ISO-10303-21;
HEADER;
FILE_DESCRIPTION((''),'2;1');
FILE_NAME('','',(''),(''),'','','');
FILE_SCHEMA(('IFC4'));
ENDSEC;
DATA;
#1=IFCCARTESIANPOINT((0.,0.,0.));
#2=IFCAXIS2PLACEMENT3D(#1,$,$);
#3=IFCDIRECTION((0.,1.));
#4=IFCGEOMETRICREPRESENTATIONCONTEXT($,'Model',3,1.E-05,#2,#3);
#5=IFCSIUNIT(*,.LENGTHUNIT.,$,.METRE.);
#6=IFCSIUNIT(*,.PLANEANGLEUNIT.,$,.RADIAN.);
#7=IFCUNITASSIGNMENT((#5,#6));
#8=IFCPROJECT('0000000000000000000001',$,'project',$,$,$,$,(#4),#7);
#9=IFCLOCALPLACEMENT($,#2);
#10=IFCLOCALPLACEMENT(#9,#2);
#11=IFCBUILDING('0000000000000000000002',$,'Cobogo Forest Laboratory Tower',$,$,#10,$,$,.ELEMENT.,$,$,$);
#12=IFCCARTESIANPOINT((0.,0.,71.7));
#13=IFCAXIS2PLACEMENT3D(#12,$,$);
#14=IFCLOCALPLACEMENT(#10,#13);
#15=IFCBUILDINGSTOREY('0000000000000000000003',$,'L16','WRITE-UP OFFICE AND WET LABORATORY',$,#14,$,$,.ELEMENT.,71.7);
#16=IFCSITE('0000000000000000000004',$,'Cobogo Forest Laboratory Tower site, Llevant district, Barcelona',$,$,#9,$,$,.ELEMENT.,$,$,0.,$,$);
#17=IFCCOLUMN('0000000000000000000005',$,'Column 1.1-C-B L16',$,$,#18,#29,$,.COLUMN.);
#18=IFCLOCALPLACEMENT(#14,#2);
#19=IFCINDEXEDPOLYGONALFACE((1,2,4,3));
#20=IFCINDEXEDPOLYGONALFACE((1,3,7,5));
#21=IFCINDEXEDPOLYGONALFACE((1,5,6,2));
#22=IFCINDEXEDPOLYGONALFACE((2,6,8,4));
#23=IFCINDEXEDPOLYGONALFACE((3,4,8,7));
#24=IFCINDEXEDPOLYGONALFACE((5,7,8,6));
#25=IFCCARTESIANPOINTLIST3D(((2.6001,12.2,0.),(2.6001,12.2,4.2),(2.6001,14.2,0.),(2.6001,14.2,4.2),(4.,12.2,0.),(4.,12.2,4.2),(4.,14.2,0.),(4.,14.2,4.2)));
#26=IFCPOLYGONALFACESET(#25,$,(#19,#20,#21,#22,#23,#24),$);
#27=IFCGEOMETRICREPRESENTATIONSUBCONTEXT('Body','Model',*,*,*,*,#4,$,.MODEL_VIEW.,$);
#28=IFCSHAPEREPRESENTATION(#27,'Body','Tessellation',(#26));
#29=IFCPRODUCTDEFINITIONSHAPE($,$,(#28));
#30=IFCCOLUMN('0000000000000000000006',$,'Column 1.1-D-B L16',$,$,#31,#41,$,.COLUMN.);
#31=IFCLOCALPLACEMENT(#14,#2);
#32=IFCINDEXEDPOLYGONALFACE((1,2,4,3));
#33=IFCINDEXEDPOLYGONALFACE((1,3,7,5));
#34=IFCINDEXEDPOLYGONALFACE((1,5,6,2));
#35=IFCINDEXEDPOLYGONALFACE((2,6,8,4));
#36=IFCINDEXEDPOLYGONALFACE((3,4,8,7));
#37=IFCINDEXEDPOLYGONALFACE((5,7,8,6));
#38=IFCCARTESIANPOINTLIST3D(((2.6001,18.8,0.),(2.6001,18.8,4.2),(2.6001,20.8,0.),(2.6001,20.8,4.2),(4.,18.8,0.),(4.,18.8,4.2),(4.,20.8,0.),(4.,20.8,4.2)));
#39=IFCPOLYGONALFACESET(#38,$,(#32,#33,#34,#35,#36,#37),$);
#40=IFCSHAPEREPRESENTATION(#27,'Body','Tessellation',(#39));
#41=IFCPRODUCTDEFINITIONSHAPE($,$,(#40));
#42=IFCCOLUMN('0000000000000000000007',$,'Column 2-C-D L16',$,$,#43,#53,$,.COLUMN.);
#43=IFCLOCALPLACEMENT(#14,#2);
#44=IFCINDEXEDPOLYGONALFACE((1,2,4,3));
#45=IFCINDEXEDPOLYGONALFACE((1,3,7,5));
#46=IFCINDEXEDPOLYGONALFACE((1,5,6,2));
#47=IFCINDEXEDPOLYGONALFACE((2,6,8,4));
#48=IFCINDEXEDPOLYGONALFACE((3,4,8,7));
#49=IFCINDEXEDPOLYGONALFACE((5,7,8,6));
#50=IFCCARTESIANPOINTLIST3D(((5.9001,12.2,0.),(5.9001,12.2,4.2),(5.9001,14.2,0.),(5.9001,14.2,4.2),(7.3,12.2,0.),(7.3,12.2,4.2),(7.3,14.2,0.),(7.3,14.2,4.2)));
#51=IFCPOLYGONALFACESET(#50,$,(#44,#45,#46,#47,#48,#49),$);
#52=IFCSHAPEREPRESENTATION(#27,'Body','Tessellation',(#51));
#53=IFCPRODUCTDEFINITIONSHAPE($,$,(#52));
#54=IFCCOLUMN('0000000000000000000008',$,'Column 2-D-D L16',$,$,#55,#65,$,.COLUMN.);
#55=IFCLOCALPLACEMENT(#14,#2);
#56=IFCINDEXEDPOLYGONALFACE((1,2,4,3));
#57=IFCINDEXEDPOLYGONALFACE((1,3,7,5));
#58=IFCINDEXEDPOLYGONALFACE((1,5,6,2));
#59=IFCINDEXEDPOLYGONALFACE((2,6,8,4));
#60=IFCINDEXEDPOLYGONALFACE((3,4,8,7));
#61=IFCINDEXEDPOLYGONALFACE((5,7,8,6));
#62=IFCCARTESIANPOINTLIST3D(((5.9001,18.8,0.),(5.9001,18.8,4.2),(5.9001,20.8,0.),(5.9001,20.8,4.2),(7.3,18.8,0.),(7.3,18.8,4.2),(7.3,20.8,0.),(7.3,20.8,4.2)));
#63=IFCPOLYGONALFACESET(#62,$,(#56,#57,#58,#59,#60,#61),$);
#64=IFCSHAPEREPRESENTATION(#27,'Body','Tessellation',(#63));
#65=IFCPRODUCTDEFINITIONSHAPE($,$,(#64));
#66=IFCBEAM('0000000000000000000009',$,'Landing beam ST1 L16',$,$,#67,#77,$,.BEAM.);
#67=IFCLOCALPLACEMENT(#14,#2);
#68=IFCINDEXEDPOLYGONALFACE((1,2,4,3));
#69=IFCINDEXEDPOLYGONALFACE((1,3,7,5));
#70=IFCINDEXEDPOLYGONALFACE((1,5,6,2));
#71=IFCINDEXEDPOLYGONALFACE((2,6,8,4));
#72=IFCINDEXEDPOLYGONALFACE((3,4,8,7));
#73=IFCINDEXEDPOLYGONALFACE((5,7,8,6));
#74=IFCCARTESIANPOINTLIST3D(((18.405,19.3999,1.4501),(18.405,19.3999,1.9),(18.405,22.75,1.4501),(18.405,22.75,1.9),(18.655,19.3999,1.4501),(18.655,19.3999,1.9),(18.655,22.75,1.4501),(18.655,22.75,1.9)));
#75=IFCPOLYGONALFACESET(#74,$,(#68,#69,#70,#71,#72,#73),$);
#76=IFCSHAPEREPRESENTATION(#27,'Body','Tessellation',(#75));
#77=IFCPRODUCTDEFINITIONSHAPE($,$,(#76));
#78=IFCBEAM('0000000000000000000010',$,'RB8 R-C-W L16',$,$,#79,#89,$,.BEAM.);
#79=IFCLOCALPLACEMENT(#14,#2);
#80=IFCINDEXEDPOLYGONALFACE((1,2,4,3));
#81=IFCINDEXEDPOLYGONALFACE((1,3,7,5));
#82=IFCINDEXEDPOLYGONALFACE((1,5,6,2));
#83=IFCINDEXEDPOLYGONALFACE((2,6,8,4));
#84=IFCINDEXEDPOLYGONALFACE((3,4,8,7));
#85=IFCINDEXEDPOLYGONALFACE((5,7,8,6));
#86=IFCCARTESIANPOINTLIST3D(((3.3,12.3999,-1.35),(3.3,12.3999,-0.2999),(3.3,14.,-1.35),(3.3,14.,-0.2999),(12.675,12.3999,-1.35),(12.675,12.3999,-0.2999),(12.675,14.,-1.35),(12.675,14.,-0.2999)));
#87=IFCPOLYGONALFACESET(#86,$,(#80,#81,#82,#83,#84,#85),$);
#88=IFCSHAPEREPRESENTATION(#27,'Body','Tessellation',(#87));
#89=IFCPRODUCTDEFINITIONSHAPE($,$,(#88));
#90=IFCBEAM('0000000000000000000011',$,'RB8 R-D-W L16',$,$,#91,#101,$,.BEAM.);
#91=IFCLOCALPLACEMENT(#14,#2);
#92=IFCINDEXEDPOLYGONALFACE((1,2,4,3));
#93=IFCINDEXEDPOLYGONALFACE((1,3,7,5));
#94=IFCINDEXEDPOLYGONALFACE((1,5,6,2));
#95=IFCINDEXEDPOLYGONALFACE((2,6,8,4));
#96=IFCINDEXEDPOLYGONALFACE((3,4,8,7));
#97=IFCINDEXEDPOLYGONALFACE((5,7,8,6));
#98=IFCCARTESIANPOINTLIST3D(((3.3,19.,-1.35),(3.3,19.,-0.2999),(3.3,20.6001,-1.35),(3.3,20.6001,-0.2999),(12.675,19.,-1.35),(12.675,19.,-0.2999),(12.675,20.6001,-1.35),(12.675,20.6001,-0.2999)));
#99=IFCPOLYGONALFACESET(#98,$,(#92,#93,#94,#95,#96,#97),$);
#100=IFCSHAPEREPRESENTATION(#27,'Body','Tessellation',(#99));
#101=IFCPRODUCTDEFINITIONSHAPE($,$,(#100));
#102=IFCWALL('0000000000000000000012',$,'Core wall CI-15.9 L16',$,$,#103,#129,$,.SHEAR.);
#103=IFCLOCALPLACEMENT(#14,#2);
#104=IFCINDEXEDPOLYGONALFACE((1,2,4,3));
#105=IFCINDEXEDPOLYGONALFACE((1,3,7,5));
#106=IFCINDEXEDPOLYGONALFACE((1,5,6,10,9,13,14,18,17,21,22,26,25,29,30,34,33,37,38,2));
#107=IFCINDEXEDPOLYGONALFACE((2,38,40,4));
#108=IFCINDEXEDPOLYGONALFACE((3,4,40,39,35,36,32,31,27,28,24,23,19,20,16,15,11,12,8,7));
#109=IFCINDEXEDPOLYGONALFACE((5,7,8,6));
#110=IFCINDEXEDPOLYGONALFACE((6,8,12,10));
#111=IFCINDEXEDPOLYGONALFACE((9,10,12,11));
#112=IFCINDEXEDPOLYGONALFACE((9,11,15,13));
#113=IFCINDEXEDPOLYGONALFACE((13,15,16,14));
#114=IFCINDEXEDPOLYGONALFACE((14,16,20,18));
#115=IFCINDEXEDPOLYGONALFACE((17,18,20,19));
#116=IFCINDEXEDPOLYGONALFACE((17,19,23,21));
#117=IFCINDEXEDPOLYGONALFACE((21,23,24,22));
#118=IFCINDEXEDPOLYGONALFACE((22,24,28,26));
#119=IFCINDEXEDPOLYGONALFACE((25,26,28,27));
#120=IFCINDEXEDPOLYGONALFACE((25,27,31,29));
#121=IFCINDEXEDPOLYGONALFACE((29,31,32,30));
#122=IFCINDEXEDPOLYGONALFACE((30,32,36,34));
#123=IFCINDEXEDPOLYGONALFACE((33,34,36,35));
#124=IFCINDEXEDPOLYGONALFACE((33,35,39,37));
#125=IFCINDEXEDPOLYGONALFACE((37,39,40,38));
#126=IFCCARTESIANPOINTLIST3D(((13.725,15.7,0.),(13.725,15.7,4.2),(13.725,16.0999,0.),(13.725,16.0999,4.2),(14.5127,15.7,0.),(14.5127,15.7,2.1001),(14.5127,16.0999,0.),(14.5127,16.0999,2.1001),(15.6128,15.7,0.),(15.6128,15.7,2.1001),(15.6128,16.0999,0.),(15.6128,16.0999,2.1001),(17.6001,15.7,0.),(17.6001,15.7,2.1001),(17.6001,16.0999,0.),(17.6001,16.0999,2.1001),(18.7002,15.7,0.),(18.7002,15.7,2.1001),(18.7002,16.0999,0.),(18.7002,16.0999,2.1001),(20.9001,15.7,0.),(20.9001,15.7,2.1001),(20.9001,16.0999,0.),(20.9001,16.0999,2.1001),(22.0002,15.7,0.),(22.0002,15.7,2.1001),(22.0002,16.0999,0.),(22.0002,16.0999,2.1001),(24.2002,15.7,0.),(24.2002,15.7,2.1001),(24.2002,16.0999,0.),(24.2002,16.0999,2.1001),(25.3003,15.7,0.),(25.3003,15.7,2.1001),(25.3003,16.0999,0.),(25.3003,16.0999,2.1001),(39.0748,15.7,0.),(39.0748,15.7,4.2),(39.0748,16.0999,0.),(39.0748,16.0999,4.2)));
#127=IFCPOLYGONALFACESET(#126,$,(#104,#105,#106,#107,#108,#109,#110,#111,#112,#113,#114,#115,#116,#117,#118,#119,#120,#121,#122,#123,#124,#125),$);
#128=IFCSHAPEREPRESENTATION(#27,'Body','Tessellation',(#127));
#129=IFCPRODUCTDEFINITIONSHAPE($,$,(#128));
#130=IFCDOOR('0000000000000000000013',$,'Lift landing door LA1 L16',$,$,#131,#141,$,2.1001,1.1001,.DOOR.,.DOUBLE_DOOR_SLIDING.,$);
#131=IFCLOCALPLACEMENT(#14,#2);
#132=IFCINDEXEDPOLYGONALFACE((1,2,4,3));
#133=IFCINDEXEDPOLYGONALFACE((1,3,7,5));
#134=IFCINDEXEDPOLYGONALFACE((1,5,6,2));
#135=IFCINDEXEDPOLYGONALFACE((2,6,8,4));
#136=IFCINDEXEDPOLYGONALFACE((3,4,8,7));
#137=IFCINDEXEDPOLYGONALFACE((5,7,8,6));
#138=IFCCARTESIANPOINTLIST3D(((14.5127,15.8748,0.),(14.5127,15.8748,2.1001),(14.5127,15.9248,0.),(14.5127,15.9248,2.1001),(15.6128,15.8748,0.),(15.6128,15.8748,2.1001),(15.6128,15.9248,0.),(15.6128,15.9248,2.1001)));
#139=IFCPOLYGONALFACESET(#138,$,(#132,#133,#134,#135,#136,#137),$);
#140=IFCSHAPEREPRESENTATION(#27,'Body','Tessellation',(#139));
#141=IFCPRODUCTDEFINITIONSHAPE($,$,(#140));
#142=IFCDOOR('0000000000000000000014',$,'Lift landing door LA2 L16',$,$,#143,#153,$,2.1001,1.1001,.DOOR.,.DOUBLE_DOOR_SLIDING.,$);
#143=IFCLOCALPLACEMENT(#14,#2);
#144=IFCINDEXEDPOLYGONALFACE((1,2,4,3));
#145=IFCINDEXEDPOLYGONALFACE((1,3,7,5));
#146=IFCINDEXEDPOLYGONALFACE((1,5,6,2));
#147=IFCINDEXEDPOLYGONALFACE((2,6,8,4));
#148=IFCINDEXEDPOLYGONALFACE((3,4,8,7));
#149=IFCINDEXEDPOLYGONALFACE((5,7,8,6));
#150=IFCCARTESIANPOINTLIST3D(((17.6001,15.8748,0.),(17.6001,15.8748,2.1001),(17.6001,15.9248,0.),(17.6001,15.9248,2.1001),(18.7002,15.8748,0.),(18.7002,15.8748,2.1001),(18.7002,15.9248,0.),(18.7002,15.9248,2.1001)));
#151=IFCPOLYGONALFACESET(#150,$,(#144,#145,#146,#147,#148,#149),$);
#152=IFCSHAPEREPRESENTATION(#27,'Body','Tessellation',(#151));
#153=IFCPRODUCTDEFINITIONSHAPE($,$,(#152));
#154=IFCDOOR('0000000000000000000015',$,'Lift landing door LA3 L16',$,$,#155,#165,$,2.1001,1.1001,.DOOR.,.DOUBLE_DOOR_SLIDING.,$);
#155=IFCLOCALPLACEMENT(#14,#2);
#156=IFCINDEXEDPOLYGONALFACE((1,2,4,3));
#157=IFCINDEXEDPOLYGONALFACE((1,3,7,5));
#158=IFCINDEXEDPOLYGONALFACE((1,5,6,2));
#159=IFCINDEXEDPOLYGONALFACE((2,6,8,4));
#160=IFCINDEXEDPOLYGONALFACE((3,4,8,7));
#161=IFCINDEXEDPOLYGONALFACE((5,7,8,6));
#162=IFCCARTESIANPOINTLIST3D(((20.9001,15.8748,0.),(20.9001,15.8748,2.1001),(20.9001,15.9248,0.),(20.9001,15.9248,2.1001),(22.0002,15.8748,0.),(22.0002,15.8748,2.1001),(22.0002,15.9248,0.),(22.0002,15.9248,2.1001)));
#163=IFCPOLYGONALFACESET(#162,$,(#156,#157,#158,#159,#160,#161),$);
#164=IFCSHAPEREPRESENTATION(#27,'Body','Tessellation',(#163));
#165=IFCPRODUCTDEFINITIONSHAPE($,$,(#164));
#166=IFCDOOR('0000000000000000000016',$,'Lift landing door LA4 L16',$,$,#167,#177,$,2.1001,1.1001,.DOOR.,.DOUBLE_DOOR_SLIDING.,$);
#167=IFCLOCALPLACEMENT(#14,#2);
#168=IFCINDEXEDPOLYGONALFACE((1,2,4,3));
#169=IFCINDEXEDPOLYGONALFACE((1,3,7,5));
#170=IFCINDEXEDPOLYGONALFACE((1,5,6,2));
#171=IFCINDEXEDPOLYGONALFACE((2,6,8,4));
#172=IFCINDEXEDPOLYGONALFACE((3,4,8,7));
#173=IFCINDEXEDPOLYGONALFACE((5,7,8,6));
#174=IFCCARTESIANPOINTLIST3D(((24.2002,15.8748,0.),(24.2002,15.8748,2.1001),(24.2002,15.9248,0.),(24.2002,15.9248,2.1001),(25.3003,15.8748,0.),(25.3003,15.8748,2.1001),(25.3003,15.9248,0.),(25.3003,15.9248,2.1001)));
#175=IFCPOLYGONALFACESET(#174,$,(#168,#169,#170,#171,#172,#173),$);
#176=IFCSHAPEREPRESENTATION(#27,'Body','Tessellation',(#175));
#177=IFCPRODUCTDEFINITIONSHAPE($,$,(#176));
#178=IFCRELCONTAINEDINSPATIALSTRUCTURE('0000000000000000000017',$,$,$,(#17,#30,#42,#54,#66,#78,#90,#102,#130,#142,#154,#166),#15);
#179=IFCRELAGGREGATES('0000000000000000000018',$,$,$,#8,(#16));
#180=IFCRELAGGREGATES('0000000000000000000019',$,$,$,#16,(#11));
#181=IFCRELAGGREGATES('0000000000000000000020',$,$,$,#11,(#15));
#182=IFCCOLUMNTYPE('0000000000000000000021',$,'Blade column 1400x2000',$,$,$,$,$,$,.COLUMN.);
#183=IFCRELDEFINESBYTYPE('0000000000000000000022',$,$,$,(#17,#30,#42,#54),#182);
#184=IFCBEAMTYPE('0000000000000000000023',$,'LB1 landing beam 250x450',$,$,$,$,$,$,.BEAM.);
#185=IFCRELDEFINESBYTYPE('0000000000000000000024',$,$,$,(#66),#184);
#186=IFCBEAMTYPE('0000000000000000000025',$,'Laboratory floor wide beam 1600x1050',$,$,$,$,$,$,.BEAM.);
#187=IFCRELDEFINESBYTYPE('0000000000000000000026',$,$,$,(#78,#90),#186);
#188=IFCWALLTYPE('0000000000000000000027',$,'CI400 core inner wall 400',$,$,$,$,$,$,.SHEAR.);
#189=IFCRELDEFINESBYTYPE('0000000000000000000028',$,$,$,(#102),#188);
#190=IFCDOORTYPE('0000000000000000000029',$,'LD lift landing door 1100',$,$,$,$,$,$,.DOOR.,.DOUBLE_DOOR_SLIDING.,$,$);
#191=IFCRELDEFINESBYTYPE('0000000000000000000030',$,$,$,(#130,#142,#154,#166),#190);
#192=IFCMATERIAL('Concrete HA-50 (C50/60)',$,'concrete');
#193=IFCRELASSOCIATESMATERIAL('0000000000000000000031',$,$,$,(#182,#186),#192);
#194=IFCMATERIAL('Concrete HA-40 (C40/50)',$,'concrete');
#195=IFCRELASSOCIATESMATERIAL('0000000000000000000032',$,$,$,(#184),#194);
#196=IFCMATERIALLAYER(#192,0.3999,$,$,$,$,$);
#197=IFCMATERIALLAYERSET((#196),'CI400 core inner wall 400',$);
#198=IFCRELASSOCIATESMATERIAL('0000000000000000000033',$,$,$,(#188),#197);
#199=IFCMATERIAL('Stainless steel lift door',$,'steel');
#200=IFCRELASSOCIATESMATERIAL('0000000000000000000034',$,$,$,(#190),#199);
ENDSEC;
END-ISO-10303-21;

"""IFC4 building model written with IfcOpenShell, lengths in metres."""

from ifc_helpers import new_model, si_unit, direction, frame, frame_2d, origin, origin_2d, place, context, subcontext, project, spatial, rectangle, extrude, material, layer, layer_set, material_profile, profile_set, type_object, element, fill, save


model = new_model("IFC4")

# Units and contexts
model_context = context("Model", 3, precision=1e-05, world=origin(), true_north=direction((0.0, 1.0)))
body_context = subcontext(model_context, "Body", "Model", "MODEL_VIEW")
ifc_project = project(units=[si_unit("LENGTHUNIT", "METRE"), si_unit("PLANEANGLEUNIT", "RADIAN")], contexts=[model_context])

# Site, building, storey
site_placement = place(None, origin())
site = spatial("IfcSite", under=ifc_project, at=site_placement, Name="Cobogo Forest Laboratory Tower site, Llevant district, Barcelona", CompositionType="ELEMENT", RefElevation=0.0)
building_placement = place(site_placement, origin())
building = spatial("IfcBuilding", under=site, at=building_placement, Name="Cobogo Forest Laboratory Tower", CompositionType="ELEMENT")
storey_placement = place(building_placement, frame((0.0, 0.0, 71.7)))
storey = spatial("IfcBuildingStorey", under=building, at=storey_placement, Name="L16", Description="WRITE-UP OFFICE AND WET LABORATORY", CompositionType="ELEMENT", Elevation=71.7)

# Columns
ifc_material_1 = material(Name="Concrete HA-50 (C50/60)", Category="concrete")
ifc_material_profile_1 = material_profile(ifc_material_1, rectangle(XDim=2.0, YDim=1.3999, at=origin_2d()), Name="RC 1400x2000")
ifc_profile_set_1 = profile_set([ifc_material_profile_1], Name="Concrete HA-50 (C50/60)")
column_type = type_object("IfcColumnType", Name="Blade column 1400x2000", PredefinedType="COLUMN", material=ifc_profile_set_1)
for number, where, z_axis, x_axis, name in (
    (1, (3.3, 13.2, 0.0), (0.0, 0.0, 1.0), (0.0, 1.0, 0.0), "Column 1.1-C-B L16"),
    (2, (3.3, 19.8, 0.0), (0.0, 0.0, 1.0), (0.0, 1.0, 0.0), "Column 1.1-D-B L16"),
    (3, (6.6001, 13.2, 0.0), (0.0, 0.0, 1.0), (0.0, 1.0, 0.0), "Column 2-C-D L16"),
    (4, (6.6001, 19.8, 0.0), (0.0, 0.0, 1.0), (0.0, 1.0, 0.0), "Column 2-D-D L16"),
):
    element("IfcColumn", number, at=place(storey_placement, frame(where, z_axis=z_axis, x_axis=x_axis)), inside=storey, type_object=column_type, Name=name, PredefinedType="COLUMN", context=body_context, shape_type="SweptSolid", body=[
        extrude(rectangle(XDim=2.0, YDim=1.3999, at=origin_2d()), origin(), (0.0, 0.0, 1.0), 4.2),
    ])

# Beams
ifc_material_2 = material(Name="Concrete HA-40 (C40/50)", Category="concrete")
ifc_material_profile_2 = material_profile(ifc_material_2, rectangle(XDim=0.25, YDim=0.45, at=origin_2d()), Name="RC 250x450")
ifc_profile_set_2 = profile_set([ifc_material_profile_2], Name="Concrete HA-40 (C40/50)")
beam_type_1 = type_object("IfcBeamType", Name="LB1 landing beam 250x450", PredefinedType="BEAM", material=ifc_profile_set_2)
beam_placement = place(storey_placement, frame((18.53, 19.3999, 1.675), z_axis=(0.0, 1.0, 0.0), x_axis=(-1.0, 0.0, 0.0)))
element("IfcBeam", 5, at=beam_placement, inside=storey, type_object=beam_type_1, Name="Landing beam ST1 L16", PredefinedType="BEAM", context=body_context, shape_type="SweptSolid", body=[
    extrude(rectangle(XDim=0.25, YDim=0.45, at=origin_2d()), origin(), (0.0, 0.0, 1.0), 3.3501),
])
ifc_material_profile_3 = material_profile(ifc_material_1, rectangle(XDim=1.6001, YDim=1.05, at=origin_2d()), Name="RC 1600x1050")
ifc_profile_set_3 = profile_set([ifc_material_profile_3], Name="Concrete HA-50 (C50/60)")
beam_type_2 = type_object("IfcBeamType", Name="Laboratory floor wide beam 1600x1050", PredefinedType="BEAM", material=ifc_profile_set_3)
for number, where, z_axis, x_axis, name in (
    (6, (12.675, 13.2, -0.825), (-1.0, 0.0, 0.0), (0.0, -1.0, 0.0), "RB8 R-C-W L16"),
    (7, (12.675, 19.8, -0.825), (-1.0, 0.0, 0.0), (0.0, -1.0, 0.0), "RB8 R-D-W L16"),
):
    element("IfcBeam", number, at=place(storey_placement, frame(where, z_axis=z_axis, x_axis=x_axis)), inside=storey, type_object=beam_type_2, Name=name, PredefinedType="BEAM", context=body_context, shape_type="SweptSolid", body=[
        extrude(rectangle(XDim=1.6001, YDim=1.05, at=origin_2d()), origin(), (0.0, 0.0, 1.0), 9.375),
    ])

# Wall, openings, doors
ifc_layer_1 = layer(ifc_material_1, 0.3999)
ifc_layer_set_1 = layer_set([ifc_layer_1], Name="CI400 core inner wall 400")
wall_type_1 = type_object("IfcWallType", Name="CI400 core inner wall 400", PredefinedType="SHEAR", material=ifc_layer_set_1)
wall_1_placement = place(storey_placement, frame((13.7251, 15.8999, 0.0), z_axis=(0.0, 0.0, 1.0), x_axis=(1.0, 0.0, 0.0)))
wall_1 = element("IfcWall", 8, at=wall_1_placement, inside=storey, type_object=wall_type_1, Name="Core wall CI-15.9 L16", PredefinedType="SHEAR", context=body_context, shape_type="SweptSolid", body=[
    extrude(rectangle(XDim=25.3499, YDim=0.3999, at=frame_2d((12.6748, 0.0))), origin(), (0.0, 0.0, 1.0), 4.2),
])
opening_1_placement = place(wall_1_placement, frame((0.7876, 0.0, 0.0)))
opening_1 = element("IfcOpeningElement", 9, at=opening_1_placement, cuts=wall_1, PredefinedType="OPENING", context=body_context, shape_type="SweptSolid", body=[
    extrude(rectangle(XDim=1.1001, YDim=2.1001, at=frame_2d((0.55, 1.05))), frame((0.0, 0.21, 0.0), z_axis=(0.0, -1.0, 0.0), x_axis=(1.0, 0.0, 0.0)), (0.0, 0.0, 1.0), 0.4199),
])
opening_2_placement = place(wall_1_placement, frame((3.875, 0.0, 0.0)))
opening_2 = element("IfcOpeningElement", 10, at=opening_2_placement, cuts=wall_1, PredefinedType="OPENING", context=body_context, shape_type="SweptSolid", body=[
    extrude(rectangle(XDim=1.1001, YDim=2.1001, at=frame_2d((0.55, 1.05))), frame((0.0, 0.21, 0.0), z_axis=(0.0, -1.0, 0.0), x_axis=(1.0, 0.0, 0.0)), (0.0, 0.0, 1.0), 0.4199),
])
opening_3_placement = place(wall_1_placement, frame((7.175, 0.0, 0.0)))
opening_3 = element("IfcOpeningElement", 11, at=opening_3_placement, cuts=wall_1, PredefinedType="OPENING", context=body_context, shape_type="SweptSolid", body=[
    extrude(rectangle(XDim=1.1001, YDim=2.1001, at=frame_2d((0.55, 1.05))), frame((0.0, 0.21, 0.0), z_axis=(0.0, -1.0, 0.0), x_axis=(1.0, 0.0, 0.0)), (0.0, 0.0, 1.0), 0.4199),
])
opening_4_placement = place(wall_1_placement, frame((10.4751, 0.0, 0.0)))
opening_4 = element("IfcOpeningElement", 12, at=opening_4_placement, cuts=wall_1, PredefinedType="OPENING", context=body_context, shape_type="SweptSolid", body=[
    extrude(rectangle(XDim=1.1001, YDim=2.1001, at=frame_2d((0.55, 1.05))), frame((0.0, 0.21, 0.0), z_axis=(0.0, -1.0, 0.0), x_axis=(1.0, 0.0, 0.0)), (0.0, 0.0, 1.0), 0.4199),
])
ifc_material_3 = material(Name="Stainless steel lift door", Category="steel")
door_type_1 = type_object("IfcDoorType", Name="LD lift landing door 1100", OperationType="DOUBLE_DOOR_SLIDING", PredefinedType="DOOR", material=ifc_material_3)
door_1_placement = place(opening_1_placement, origin())
door_1 = element("IfcDoor", 13, at=door_1_placement, inside=storey, type_object=door_type_1, Name="Lift landing door LA1 L16", OperationType="DOUBLE_DOOR_SLIDING", OverallHeight=2.1001, OverallWidth=1.1001, PredefinedType="DOOR", context=body_context, shape_type="SweptSolid", body=[
    extrude(rectangle(XDim=1.1001, YDim=2.1001, at=frame_2d((0.55, 1.05))), frame((0.0, 0.0249, 0.0), z_axis=(0.0, -1.0, 0.0), x_axis=(1.0, 0.0, 0.0)), (0.0, 0.0, 1.0), 0.05),
])
fill(opening_1, door_1)
door_2_placement = place(opening_2_placement, origin())
door_2 = element("IfcDoor", 14, at=door_2_placement, inside=storey, type_object=door_type_1, Name="Lift landing door LA2 L16", OperationType="DOUBLE_DOOR_SLIDING", OverallHeight=2.1001, OverallWidth=1.1001, PredefinedType="DOOR", context=body_context, shape_type="SweptSolid", body=[
    extrude(rectangle(XDim=1.1001, YDim=2.1001, at=frame_2d((0.55, 1.05))), frame((0.0, 0.0249, 0.0), z_axis=(0.0, -1.0, 0.0), x_axis=(1.0, 0.0, 0.0)), (0.0, 0.0, 1.0), 0.05),
])
fill(opening_2, door_2)
door_3_placement = place(opening_3_placement, origin())
door_3 = element("IfcDoor", 15, at=door_3_placement, inside=storey, type_object=door_type_1, Name="Lift landing door LA3 L16", OperationType="DOUBLE_DOOR_SLIDING", OverallHeight=2.1001, OverallWidth=1.1001, PredefinedType="DOOR", context=body_context, shape_type="SweptSolid", body=[
    extrude(rectangle(XDim=1.1001, YDim=2.1001, at=frame_2d((0.55, 1.05))), frame((0.0, 0.0249, 0.0), z_axis=(0.0, -1.0, 0.0), x_axis=(1.0, 0.0, 0.0)), (0.0, 0.0, 1.0), 0.05),
])
fill(opening_3, door_3)
door_4_placement = place(opening_4_placement, origin())
door_4 = element("IfcDoor", 16, at=door_4_placement, inside=storey, type_object=door_type_1, Name="Lift landing door LA4 L16", OperationType="DOUBLE_DOOR_SLIDING", OverallHeight=2.1001, OverallWidth=1.1001, PredefinedType="DOOR", context=body_context, shape_type="SweptSolid", body=[
    extrude(rectangle(XDim=1.1001, YDim=2.1001, at=frame_2d((0.55, 1.05))), frame((0.0, 0.0249, 0.0), z_axis=(0.0, -1.0, 0.0), x_axis=(1.0, 0.0, 0.0)), (0.0, 0.0, 1.0), 0.05),
])
fill(opening_4, door_4)

save(model, "model.ifc")
